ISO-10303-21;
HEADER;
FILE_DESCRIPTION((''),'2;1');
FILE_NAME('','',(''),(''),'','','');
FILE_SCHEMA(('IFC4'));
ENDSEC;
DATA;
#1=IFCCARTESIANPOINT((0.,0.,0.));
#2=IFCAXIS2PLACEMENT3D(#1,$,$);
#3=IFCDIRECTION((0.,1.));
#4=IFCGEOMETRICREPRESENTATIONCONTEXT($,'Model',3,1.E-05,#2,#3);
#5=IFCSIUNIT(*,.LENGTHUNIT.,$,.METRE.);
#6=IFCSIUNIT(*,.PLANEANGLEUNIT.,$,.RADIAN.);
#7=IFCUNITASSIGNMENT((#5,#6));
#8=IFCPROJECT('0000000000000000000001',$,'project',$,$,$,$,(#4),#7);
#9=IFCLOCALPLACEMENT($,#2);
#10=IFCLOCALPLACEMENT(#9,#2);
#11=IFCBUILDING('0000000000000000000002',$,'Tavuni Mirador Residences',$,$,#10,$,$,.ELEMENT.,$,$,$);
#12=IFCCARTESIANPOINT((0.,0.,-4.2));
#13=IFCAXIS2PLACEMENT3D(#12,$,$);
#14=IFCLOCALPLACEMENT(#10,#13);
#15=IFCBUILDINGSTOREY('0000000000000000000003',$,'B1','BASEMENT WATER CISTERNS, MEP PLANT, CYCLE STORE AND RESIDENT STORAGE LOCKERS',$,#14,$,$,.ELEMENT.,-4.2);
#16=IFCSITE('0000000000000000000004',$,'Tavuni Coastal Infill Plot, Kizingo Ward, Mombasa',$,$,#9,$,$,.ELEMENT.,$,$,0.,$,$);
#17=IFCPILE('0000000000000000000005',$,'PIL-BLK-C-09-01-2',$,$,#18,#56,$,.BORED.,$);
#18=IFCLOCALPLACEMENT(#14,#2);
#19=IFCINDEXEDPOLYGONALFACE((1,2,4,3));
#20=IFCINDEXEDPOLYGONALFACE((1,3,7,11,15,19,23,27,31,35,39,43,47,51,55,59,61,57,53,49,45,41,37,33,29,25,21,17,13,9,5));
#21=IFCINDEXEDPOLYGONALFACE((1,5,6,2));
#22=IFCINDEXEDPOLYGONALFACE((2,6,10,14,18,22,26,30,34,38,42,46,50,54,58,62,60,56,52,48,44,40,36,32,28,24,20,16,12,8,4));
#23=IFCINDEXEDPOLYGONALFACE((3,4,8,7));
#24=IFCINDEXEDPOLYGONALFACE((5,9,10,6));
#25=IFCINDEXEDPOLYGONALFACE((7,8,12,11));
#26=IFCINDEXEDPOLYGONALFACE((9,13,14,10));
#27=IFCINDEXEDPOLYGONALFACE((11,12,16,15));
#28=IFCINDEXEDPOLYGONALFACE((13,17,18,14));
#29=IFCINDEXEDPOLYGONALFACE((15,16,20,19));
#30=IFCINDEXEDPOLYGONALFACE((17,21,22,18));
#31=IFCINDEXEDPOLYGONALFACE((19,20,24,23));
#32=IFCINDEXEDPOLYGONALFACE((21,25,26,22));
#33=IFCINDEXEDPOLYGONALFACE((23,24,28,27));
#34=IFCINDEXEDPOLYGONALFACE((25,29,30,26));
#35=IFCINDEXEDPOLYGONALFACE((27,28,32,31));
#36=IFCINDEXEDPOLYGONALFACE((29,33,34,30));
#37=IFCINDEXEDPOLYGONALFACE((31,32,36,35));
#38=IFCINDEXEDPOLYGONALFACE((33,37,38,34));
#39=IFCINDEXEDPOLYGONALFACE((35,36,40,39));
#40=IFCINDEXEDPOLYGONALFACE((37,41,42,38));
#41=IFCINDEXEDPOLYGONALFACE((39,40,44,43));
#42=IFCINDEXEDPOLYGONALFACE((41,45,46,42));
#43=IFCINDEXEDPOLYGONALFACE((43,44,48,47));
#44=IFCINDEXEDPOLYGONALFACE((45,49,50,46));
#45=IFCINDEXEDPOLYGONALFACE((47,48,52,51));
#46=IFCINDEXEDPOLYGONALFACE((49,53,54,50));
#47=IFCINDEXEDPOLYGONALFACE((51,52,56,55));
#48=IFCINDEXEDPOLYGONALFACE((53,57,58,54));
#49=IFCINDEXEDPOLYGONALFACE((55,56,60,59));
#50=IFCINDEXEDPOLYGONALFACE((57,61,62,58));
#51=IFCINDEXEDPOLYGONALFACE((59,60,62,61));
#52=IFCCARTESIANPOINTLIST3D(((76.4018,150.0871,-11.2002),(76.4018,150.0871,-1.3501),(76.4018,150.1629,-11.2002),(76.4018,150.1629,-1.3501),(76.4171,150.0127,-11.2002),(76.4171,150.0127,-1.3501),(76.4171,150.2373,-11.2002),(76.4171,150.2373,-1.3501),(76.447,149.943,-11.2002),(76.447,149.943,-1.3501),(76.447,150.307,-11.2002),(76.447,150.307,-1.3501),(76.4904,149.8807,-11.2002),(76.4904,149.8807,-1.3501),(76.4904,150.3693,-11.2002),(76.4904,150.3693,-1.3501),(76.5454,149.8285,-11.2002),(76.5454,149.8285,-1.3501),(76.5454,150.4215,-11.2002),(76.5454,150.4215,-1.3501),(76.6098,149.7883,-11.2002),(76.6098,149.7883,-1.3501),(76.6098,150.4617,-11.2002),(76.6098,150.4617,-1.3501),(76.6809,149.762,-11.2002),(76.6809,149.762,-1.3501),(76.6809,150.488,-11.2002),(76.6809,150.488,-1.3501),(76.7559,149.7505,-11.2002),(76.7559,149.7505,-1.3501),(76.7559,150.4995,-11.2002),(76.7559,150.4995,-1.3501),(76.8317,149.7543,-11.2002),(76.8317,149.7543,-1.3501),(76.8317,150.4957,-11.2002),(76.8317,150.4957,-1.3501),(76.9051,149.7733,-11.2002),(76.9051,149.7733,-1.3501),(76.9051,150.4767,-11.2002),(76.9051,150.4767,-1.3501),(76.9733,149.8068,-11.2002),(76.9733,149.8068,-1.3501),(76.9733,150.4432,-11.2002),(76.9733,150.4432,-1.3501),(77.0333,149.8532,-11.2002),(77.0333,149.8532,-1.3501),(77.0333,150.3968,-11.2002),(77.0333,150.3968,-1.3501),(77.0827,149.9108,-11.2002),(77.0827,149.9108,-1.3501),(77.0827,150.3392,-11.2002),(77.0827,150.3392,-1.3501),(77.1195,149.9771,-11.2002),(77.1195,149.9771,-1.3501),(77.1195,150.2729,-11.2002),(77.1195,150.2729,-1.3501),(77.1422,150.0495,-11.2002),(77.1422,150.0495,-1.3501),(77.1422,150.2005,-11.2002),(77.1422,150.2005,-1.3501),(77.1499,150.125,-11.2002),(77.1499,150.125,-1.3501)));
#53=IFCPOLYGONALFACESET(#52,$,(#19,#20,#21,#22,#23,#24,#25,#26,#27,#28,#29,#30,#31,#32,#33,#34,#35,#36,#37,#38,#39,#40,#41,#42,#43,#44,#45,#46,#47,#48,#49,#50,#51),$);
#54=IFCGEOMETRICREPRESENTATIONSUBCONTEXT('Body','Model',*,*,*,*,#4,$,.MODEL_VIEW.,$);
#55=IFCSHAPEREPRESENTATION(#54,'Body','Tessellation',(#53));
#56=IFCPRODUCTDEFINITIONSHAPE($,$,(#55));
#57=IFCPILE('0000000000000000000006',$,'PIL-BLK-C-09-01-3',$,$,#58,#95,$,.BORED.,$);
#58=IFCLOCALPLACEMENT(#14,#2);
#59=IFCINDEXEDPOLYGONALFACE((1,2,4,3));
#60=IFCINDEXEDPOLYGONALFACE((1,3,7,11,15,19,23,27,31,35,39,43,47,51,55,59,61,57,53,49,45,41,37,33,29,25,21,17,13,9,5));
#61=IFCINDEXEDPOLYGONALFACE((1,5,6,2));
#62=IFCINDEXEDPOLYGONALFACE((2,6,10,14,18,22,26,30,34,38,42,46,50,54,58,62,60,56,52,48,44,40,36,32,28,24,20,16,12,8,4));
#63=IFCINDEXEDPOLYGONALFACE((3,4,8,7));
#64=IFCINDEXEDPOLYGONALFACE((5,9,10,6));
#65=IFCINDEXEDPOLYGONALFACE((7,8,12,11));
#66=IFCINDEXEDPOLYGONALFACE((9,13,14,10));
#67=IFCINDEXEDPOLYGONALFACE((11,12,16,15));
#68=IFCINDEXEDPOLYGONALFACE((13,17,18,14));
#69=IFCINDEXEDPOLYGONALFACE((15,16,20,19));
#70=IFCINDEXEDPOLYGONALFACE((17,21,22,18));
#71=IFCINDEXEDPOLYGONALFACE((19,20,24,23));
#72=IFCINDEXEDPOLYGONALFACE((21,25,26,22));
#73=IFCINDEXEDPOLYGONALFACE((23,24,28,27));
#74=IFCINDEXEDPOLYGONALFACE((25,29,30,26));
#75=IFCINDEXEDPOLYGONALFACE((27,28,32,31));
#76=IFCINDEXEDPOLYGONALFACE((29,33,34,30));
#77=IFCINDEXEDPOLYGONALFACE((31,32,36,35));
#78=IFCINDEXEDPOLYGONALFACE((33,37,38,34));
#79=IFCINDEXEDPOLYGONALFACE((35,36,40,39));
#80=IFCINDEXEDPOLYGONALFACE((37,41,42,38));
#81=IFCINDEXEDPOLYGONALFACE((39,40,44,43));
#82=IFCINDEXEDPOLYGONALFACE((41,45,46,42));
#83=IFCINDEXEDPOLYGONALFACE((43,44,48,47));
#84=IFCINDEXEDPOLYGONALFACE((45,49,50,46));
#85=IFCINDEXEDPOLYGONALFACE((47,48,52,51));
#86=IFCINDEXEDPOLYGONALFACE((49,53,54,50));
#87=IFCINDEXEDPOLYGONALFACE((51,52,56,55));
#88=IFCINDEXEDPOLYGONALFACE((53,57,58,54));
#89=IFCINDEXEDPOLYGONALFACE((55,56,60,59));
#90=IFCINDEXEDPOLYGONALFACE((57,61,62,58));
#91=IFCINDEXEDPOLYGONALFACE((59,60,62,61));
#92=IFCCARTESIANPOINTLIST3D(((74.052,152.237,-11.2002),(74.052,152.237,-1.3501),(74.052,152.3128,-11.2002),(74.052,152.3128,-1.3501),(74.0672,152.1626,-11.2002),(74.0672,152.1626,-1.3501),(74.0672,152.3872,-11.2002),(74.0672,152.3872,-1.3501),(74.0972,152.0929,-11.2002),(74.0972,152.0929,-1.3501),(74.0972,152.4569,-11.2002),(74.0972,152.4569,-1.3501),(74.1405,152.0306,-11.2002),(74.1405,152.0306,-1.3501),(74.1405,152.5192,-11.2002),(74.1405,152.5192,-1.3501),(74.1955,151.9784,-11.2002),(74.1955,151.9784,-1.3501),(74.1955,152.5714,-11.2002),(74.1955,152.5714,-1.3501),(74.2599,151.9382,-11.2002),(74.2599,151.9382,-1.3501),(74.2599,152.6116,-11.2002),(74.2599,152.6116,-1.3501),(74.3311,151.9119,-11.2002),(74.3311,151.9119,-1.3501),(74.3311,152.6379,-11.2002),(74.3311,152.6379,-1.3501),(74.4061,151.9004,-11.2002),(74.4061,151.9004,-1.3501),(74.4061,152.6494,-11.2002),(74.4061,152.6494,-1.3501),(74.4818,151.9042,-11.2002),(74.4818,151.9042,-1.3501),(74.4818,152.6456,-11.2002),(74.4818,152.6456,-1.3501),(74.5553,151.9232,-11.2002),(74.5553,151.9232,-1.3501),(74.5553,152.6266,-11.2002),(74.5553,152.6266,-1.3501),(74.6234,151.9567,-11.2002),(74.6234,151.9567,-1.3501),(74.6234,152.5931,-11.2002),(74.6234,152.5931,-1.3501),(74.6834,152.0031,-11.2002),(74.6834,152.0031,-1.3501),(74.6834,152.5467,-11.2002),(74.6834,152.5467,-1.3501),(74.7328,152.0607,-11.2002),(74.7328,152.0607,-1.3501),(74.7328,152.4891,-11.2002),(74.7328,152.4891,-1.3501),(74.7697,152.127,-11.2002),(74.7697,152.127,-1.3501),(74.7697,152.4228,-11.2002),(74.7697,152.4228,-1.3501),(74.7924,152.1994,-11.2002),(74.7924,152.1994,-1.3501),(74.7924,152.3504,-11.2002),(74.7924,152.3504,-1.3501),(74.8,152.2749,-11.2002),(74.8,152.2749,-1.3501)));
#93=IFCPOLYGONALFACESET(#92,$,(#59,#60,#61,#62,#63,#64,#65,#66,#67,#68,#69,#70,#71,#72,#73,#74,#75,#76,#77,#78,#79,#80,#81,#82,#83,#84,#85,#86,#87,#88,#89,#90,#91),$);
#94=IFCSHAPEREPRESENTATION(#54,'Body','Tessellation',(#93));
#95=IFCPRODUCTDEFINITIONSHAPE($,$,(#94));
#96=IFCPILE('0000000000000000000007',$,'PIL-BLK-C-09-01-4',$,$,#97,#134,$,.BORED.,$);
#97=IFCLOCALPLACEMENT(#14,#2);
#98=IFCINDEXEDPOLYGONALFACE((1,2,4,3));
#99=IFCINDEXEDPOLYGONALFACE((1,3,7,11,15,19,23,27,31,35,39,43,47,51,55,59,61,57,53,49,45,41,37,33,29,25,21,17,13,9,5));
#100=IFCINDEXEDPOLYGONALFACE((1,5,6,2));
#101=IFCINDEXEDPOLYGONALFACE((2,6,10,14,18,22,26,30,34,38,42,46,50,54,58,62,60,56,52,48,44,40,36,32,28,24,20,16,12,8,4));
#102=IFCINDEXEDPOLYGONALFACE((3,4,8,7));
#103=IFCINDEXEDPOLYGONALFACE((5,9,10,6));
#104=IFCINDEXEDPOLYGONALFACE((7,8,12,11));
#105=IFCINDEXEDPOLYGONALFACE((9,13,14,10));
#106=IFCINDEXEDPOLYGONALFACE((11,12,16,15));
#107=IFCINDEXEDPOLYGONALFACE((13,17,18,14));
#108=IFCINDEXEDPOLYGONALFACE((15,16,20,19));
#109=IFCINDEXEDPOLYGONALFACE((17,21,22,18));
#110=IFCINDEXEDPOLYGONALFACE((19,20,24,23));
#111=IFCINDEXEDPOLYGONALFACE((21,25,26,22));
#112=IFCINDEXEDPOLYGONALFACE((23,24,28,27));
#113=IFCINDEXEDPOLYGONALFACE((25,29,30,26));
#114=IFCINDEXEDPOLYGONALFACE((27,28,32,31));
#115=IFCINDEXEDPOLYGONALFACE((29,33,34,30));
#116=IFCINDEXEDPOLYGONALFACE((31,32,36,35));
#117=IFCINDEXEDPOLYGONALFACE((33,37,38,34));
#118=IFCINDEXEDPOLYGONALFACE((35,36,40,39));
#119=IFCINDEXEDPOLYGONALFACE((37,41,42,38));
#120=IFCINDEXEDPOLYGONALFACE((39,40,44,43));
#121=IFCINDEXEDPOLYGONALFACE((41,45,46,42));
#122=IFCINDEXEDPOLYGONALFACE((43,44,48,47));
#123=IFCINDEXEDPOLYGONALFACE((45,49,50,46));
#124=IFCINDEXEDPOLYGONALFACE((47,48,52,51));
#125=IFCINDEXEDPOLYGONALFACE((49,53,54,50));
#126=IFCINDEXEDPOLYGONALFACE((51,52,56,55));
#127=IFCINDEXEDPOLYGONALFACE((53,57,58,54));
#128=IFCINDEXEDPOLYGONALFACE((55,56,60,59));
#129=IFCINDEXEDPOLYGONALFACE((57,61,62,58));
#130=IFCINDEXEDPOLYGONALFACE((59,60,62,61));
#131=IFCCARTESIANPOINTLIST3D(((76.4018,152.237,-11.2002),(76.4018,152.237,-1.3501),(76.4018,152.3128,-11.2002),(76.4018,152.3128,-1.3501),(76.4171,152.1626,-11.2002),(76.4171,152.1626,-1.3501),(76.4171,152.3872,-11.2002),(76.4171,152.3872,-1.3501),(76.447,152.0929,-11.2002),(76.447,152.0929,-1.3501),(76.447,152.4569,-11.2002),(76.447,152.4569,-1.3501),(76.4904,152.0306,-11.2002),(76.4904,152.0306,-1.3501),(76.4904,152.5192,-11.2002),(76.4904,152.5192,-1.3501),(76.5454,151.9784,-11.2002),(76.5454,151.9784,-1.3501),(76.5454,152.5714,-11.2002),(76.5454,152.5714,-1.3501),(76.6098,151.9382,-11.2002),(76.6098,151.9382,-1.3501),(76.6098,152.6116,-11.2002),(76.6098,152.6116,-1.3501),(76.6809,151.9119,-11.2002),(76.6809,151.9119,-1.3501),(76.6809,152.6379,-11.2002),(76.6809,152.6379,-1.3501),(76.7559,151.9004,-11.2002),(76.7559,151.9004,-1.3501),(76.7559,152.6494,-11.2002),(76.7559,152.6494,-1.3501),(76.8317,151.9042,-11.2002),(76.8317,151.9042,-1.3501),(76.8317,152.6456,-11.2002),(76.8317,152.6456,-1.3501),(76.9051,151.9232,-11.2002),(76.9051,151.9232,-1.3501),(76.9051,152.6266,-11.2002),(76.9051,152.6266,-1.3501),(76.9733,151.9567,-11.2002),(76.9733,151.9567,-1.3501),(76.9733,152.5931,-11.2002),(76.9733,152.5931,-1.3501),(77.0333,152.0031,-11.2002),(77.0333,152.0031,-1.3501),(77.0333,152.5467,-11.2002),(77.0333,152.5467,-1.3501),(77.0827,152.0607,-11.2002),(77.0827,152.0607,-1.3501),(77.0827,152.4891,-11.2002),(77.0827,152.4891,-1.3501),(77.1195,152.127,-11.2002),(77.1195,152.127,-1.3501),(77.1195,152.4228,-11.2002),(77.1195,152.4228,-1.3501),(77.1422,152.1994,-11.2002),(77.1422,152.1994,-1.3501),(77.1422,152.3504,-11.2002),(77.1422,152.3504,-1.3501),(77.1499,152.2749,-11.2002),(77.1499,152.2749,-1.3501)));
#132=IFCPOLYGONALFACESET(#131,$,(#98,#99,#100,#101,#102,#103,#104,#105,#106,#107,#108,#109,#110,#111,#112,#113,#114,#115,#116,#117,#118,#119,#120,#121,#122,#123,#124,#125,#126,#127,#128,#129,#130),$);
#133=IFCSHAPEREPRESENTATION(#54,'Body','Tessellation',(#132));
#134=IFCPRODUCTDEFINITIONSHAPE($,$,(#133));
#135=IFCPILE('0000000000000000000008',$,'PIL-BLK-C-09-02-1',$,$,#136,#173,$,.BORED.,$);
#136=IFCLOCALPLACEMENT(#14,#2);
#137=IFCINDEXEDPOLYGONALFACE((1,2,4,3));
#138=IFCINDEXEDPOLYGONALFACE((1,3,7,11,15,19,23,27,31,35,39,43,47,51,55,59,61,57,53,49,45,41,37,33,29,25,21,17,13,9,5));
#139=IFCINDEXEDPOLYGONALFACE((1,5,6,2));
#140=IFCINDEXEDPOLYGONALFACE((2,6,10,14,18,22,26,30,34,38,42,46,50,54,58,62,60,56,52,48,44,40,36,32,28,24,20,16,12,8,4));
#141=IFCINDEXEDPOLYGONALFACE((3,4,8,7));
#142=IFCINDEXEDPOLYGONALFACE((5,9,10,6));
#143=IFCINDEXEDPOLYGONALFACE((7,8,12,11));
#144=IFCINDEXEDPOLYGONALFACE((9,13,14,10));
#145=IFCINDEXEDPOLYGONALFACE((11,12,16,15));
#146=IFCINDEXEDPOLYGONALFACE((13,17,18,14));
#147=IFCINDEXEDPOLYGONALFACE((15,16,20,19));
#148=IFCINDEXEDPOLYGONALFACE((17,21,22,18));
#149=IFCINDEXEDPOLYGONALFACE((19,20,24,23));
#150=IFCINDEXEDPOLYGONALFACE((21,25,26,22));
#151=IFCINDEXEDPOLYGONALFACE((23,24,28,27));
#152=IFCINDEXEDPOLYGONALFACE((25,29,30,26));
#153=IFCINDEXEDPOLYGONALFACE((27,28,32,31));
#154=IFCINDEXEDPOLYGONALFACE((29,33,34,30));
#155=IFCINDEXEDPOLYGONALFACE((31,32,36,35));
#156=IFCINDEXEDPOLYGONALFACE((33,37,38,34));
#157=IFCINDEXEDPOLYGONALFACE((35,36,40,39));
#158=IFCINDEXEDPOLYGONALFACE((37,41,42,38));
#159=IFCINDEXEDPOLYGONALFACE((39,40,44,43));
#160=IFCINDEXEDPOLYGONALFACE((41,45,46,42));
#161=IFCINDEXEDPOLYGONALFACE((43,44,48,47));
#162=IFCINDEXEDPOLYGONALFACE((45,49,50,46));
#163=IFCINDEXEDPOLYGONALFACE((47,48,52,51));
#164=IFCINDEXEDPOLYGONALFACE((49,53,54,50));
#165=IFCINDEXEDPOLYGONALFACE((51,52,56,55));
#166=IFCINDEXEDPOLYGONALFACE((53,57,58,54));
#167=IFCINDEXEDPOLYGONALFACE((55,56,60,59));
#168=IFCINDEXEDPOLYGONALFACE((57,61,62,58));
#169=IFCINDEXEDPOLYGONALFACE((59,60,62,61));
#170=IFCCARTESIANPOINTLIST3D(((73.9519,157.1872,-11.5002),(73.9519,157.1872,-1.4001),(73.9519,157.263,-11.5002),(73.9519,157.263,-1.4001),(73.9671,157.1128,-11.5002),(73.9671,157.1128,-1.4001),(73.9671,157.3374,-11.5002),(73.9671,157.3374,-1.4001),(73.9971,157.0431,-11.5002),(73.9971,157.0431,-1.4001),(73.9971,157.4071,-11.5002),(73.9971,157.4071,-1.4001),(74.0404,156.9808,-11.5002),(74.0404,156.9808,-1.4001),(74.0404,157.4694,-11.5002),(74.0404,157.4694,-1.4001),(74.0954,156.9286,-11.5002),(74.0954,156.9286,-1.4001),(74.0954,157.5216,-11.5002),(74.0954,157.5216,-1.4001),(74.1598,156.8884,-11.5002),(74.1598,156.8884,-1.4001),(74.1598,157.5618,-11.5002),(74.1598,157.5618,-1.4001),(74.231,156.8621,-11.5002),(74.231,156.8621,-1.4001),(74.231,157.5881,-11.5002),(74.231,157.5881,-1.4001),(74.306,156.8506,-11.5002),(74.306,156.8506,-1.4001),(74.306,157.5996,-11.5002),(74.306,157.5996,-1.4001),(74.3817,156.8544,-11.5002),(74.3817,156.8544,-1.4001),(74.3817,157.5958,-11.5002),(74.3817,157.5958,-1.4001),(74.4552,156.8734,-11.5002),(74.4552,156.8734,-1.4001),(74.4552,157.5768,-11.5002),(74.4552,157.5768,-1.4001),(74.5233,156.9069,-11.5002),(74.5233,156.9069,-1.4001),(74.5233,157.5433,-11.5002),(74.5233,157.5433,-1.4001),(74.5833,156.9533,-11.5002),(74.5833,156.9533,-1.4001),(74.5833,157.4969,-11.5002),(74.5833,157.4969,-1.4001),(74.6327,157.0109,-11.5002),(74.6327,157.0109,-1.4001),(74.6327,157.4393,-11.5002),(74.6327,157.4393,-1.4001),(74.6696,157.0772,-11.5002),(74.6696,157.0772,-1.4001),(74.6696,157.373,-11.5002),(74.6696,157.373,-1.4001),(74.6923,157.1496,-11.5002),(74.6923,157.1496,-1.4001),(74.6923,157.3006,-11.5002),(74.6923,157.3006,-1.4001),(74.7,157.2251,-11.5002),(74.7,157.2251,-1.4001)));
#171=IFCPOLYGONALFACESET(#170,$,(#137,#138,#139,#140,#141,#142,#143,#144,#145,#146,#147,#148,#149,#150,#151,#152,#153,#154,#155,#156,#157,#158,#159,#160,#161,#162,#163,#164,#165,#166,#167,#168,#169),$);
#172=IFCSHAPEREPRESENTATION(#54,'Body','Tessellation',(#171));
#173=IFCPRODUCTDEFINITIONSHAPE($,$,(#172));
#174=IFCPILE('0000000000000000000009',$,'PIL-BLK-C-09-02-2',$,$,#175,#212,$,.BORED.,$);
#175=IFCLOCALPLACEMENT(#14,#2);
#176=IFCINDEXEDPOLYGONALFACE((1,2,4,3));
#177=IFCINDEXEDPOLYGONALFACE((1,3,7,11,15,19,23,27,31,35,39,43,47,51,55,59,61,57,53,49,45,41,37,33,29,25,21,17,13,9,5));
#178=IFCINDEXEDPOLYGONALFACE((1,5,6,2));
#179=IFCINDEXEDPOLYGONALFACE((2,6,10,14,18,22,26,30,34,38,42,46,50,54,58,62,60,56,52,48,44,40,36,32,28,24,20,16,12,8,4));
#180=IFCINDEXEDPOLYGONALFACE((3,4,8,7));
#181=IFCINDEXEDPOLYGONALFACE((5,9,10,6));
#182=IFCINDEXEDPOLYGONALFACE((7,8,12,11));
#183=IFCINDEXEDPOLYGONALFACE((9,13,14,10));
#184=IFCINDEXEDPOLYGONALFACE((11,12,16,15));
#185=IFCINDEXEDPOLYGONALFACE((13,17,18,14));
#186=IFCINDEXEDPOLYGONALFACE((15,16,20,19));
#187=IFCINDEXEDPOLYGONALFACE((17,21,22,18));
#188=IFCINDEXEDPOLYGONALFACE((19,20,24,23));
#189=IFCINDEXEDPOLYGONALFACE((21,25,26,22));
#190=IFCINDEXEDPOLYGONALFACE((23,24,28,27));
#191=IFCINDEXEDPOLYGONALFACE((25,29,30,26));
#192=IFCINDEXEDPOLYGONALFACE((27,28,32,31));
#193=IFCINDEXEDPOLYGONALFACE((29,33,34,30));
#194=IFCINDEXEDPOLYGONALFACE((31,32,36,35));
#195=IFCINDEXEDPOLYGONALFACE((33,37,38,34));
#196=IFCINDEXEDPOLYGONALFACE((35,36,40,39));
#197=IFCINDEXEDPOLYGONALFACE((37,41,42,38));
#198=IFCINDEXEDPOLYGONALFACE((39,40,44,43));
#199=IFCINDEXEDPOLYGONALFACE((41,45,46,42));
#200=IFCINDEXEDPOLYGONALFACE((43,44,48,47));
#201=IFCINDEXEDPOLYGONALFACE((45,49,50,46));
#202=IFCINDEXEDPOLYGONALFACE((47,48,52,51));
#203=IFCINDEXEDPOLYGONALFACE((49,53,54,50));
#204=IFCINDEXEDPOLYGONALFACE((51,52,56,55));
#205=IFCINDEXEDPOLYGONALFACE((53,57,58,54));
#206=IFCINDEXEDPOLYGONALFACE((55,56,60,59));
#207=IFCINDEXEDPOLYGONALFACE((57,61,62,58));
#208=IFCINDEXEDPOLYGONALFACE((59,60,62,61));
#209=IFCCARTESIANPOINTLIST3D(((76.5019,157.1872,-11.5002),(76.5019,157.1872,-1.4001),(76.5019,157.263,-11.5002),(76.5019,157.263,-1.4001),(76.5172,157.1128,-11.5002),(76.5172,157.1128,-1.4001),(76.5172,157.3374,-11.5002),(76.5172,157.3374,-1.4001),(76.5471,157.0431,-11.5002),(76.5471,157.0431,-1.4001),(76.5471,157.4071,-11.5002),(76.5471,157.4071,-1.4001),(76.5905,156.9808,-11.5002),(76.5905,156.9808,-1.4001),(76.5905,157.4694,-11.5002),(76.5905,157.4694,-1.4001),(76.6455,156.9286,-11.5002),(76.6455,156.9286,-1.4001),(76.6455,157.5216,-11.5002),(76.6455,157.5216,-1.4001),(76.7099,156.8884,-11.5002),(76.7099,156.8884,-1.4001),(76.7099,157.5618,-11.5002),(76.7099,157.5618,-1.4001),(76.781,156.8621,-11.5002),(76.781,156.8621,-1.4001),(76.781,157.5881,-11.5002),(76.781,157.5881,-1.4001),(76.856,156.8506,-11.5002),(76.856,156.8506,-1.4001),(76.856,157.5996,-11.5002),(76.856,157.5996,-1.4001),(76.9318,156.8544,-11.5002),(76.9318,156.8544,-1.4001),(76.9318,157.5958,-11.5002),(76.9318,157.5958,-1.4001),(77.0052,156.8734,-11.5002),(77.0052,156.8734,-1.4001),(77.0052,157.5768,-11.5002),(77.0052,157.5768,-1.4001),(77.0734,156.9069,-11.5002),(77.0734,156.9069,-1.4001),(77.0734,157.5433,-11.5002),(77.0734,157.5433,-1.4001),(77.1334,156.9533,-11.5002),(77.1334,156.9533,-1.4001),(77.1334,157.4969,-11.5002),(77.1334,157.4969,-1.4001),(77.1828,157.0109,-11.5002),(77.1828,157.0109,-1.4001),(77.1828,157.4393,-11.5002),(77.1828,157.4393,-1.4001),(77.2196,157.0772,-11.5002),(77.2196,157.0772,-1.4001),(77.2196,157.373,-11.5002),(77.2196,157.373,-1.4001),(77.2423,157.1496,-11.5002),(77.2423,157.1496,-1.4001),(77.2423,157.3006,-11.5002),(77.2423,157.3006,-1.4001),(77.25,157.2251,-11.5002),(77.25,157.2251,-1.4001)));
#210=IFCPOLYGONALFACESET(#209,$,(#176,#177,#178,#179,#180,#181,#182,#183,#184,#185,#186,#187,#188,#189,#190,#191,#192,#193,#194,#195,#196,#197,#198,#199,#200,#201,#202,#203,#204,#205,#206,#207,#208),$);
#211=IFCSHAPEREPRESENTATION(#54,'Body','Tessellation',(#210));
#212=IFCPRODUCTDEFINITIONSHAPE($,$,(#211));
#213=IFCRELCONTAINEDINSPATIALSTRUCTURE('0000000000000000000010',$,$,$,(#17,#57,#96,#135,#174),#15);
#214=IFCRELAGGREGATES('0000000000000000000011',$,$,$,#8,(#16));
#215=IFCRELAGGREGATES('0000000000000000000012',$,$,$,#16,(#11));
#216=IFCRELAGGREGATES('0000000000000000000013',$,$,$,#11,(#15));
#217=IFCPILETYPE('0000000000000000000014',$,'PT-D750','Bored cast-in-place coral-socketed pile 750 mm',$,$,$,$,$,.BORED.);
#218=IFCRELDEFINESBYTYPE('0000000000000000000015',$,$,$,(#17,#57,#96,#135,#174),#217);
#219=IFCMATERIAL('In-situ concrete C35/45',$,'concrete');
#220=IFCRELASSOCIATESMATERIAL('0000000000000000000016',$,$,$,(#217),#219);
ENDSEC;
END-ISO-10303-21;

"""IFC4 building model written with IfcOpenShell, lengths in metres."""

from ifc_helpers import new_model, si_unit, direction, frame, origin, origin_2d, place, context, subcontext, project, spatial, circle, extrude, material, material_profile, profile_set, type_object, element, save


model = new_model("IFC4")

# Units and contexts
model_context = context("Model", 3, precision=1e-05, world=origin(), true_north=direction((0.0, 1.0)))
body_context = subcontext(model_context, "Body", "Model", "MODEL_VIEW")
ifc_project = project(units=[si_unit("LENGTHUNIT", "METRE"), si_unit("PLANEANGLEUNIT", "RADIAN")], contexts=[model_context])

# Site, building, storey
site_placement = place(None, origin())
site = spatial("IfcSite", under=ifc_project, at=site_placement, Name="Tavuni Coastal Infill Plot, Kizingo Ward, Mombasa", CompositionType="ELEMENT", RefElevation=0.0)
building_placement = place(site_placement, origin())
building = spatial("IfcBuilding", under=site, at=building_placement, Name="Tavuni Mirador Residences", CompositionType="ELEMENT")
storey_placement = place(building_placement, frame((0.0, 0.0, -4.2)))
storey = spatial("IfcBuildingStorey", under=building, at=storey_placement, Name="B1", Description="BASEMENT WATER CISTERNS, MEP PLANT, CYCLE STORE AND RESIDENT STORAGE LOCKERS", CompositionType="ELEMENT", Elevation=-4.2)

# Shared definitions
ifc_material_1 = material(Name="In-situ concrete C35/45", Category="concrete")

# Piles
ifc_material_profile_1 = material_profile(ifc_material_1, circle(Radius=0.375, at=origin_2d()), Name="PILE D750", Category="concrete")
ifc_profile_set_1 = profile_set([ifc_material_profile_1], Name="In-situ concrete C35/45")
pile_type_1 = type_object("IfcPileType", Name="PT-D750", Description="Bored cast-in-place coral-socketed pile 750 mm", PredefinedType="BORED", material=ifc_profile_set_1)
for number, where, z_axis, x_axis, name in (
    (1, (76.7749, 150.125, -1.3501), (0.0, 0.0, -1.0), (1.0, 0.0, 0.0), "PIL-BLK-C-09-01-2"),
    (2, (74.425, 152.2749, -1.3501), (0.0, 0.0, -1.0), (1.0, 0.0, 0.0), "PIL-BLK-C-09-01-3"),
    (3, (76.7749, 152.2749, -1.3501), (0.0, 0.0, -1.0), (1.0, 0.0, 0.0), "PIL-BLK-C-09-01-4"),
):
    element("IfcPile", number, at=place(storey_placement, frame(where, z_axis=z_axis, x_axis=x_axis)), inside=storey, type_object=pile_type_1, Name=name, PredefinedType="BORED", context=body_context, shape_type="SweptSolid", body=[
        extrude(circle(Radius=0.375, at=origin_2d()), origin(), (0.0, 0.0, 1.0), 9.8501),
    ])
for number, where, z_axis, x_axis, name in (
    (4, (74.325, 157.2251, -1.4001), (0.0, 0.0, -1.0), (1.0, 0.0, 0.0), "PIL-BLK-C-09-02-1"),
    (5, (76.875, 157.2251, -1.4001), (0.0, 0.0, -1.0), (1.0, 0.0, 0.0), "PIL-BLK-C-09-02-2"),
):
    element("IfcPile", number, at=place(storey_placement, frame(where, z_axis=z_axis, x_axis=x_axis)), inside=storey, type_object=pile_type_1, Name=name, PredefinedType="BORED", context=body_context, shape_type="SweptSolid", body=[
        extrude(circle(Radius=0.375, at=origin_2d()), origin(), (0.0, 0.0, 1.0), 10.1001),
    ])

save(model, "model.ifc")
